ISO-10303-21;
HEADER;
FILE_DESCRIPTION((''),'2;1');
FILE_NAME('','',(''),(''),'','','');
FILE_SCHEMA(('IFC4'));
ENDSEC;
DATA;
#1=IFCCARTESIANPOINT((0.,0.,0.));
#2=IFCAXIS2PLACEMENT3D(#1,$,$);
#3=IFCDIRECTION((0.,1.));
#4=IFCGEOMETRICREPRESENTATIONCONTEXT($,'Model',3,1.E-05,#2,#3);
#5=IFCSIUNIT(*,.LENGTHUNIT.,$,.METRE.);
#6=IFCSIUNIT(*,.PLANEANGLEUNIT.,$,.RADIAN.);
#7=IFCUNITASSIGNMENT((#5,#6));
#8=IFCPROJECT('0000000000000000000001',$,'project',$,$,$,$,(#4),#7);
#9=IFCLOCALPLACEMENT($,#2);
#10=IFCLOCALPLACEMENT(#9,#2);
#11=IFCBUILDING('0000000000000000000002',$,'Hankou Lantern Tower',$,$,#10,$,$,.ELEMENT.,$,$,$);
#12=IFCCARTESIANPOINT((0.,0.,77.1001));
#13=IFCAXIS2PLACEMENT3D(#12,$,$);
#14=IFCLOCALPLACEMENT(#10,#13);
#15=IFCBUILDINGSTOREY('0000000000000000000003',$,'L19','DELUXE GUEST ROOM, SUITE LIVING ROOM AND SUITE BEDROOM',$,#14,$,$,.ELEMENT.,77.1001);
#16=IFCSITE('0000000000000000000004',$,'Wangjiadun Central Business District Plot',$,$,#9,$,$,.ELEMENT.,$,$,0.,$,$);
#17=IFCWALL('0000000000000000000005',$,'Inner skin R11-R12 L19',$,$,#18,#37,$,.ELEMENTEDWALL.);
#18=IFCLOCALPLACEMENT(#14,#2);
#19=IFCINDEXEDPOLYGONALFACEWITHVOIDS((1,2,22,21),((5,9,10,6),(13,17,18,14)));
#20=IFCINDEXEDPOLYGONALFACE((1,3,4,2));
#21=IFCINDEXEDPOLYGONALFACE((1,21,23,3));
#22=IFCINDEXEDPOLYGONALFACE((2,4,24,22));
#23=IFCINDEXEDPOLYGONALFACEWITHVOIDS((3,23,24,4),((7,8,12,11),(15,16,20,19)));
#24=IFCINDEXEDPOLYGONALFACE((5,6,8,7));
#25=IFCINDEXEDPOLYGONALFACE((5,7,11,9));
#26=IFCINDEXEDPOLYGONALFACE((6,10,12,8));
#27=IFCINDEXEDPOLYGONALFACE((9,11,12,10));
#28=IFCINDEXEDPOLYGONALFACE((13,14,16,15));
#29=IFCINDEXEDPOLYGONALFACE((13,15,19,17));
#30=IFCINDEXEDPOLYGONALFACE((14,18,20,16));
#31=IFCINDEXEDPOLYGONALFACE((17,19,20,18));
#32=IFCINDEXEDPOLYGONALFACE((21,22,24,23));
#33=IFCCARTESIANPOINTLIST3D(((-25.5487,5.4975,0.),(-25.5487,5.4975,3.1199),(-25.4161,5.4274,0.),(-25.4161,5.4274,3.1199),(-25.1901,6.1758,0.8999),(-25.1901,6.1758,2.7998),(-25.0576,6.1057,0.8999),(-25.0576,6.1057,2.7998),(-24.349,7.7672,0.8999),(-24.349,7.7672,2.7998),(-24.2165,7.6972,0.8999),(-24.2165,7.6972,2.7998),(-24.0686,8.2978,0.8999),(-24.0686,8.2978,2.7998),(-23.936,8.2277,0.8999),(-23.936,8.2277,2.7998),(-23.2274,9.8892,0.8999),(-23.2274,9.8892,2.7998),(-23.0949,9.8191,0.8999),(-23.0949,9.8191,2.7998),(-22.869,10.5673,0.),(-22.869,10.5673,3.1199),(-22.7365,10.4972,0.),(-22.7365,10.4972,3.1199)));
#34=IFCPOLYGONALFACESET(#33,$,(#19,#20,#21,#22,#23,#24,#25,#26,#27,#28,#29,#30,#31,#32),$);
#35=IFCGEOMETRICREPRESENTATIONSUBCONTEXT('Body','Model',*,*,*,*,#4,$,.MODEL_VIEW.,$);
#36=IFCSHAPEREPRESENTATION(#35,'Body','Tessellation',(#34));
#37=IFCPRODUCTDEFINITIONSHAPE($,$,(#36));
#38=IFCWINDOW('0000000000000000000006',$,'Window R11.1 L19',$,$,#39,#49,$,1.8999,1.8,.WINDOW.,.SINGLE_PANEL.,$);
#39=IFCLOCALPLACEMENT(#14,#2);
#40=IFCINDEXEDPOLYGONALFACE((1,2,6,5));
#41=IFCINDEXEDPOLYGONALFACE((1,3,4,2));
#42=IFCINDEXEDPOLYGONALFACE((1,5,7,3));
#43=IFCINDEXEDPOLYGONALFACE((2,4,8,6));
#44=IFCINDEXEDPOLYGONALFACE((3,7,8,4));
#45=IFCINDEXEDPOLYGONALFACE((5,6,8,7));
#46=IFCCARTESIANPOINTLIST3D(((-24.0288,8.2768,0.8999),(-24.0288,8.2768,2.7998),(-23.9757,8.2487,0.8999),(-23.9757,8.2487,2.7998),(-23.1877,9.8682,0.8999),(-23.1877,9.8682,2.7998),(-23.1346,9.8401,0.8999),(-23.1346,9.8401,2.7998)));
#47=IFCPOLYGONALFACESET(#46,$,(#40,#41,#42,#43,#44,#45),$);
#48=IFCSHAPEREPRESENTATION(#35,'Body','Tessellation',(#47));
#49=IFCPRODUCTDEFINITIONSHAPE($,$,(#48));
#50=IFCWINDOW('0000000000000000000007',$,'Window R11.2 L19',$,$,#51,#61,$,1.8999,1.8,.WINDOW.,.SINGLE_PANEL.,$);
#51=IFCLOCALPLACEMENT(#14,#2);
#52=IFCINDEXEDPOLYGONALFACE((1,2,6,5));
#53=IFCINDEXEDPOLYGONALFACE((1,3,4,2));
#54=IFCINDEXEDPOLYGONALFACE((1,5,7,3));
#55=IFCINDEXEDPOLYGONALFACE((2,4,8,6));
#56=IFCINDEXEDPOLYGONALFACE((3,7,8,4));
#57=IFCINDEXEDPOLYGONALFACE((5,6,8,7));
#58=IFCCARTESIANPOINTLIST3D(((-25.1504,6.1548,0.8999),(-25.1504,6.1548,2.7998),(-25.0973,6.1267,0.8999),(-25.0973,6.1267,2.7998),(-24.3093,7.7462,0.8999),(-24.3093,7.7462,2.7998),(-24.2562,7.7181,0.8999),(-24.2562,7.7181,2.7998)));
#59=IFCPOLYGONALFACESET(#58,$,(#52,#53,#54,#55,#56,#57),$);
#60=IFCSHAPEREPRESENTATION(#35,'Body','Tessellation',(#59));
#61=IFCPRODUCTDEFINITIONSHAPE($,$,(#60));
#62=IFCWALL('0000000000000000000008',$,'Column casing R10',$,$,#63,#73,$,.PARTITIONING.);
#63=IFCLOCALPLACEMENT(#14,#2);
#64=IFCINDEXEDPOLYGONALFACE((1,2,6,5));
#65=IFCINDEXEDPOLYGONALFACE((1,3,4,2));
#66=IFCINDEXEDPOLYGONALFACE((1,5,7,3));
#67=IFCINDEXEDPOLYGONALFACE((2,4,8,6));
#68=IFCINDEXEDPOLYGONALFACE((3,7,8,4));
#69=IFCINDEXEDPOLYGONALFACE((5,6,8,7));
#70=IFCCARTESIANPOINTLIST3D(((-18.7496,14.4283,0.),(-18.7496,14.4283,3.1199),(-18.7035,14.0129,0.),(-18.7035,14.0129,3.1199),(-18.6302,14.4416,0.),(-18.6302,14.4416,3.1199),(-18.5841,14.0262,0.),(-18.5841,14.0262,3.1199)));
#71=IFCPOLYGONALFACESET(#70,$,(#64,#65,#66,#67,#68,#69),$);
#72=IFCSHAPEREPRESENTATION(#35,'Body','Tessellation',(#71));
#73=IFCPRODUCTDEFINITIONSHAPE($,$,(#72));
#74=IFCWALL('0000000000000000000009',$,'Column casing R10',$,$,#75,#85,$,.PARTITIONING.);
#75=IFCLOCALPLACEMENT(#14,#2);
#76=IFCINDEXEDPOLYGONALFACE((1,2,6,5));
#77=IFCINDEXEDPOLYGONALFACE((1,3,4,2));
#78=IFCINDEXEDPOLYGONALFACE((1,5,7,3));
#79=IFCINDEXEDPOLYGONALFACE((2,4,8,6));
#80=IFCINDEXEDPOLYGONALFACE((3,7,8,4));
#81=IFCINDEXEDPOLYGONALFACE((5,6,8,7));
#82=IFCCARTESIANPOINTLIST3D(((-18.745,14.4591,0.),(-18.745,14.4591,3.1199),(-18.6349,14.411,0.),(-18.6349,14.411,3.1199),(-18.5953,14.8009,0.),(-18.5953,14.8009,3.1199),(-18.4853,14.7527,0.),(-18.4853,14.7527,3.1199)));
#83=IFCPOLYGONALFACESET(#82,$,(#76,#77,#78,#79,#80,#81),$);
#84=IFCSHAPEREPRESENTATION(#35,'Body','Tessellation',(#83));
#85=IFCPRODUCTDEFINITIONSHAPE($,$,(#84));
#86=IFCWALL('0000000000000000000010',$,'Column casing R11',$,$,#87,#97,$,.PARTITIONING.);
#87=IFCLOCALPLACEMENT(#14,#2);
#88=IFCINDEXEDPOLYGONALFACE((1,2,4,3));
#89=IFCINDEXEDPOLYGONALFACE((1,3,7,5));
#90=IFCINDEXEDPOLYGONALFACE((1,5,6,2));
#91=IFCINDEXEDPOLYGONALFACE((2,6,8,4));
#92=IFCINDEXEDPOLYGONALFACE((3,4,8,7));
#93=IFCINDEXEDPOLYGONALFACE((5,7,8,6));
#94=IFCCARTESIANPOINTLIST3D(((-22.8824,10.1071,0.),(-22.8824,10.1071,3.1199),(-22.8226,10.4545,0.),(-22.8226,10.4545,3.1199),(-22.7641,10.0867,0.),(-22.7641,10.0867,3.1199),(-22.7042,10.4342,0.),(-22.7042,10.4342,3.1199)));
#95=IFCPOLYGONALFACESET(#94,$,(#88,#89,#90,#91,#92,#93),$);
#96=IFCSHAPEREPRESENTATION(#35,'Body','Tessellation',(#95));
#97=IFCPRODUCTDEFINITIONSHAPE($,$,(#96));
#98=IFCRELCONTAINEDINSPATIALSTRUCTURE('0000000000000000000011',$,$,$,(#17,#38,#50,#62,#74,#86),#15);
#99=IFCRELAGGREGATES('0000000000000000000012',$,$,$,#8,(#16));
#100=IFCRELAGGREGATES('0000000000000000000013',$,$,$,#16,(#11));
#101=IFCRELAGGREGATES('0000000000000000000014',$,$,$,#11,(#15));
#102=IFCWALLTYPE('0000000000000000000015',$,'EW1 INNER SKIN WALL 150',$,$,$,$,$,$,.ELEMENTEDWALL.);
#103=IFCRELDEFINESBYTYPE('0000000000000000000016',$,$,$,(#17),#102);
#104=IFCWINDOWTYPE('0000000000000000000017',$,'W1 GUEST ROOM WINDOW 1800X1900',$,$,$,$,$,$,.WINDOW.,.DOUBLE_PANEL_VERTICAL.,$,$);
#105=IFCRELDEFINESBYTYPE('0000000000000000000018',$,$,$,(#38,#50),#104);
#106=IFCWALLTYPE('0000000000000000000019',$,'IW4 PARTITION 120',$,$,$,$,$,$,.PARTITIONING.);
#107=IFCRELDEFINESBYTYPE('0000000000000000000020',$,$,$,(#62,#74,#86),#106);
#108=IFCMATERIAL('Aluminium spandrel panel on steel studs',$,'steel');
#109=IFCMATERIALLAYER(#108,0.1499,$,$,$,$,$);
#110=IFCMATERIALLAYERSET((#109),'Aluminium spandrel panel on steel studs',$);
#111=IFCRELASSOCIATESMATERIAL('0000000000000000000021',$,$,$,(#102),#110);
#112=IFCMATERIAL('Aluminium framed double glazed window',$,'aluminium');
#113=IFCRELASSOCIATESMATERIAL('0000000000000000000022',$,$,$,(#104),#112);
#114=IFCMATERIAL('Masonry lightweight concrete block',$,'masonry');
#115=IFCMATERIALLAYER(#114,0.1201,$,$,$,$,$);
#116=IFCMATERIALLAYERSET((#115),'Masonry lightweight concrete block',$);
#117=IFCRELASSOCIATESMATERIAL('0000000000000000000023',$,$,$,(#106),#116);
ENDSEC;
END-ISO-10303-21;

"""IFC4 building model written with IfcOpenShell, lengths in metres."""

from ifc_helpers import new_model, si_unit, direction, frame, frame_2d, origin, place, context, subcontext, project, spatial, rectangle, extrude, material, layer, layer_set, type_object, element, fill, save


model = new_model("IFC4")

# Units and contexts
model_context = context("Model", 3, precision=1e-05, world=origin(), true_north=direction((0.0, 1.0)))
body_context = subcontext(model_context, "Body", "Model", "MODEL_VIEW")
ifc_project = project(units=[si_unit("LENGTHUNIT", "METRE"), si_unit("PLANEANGLEUNIT", "RADIAN")], contexts=[model_context])

# Site, building, storey
site_placement = place(None, origin())
site = spatial("IfcSite", under=ifc_project, at=site_placement, Name="Wangjiadun Central Business District Plot", CompositionType="ELEMENT", RefElevation=0.0)
building_placement = place(site_placement, origin())
building = spatial("IfcBuilding", under=site, at=building_placement, Name="Hankou Lantern Tower", CompositionType="ELEMENT")
storey_placement = place(building_placement, frame((0.0, 0.0, 77.1001)))
storey = spatial("IfcBuildingStorey", under=building, at=storey_placement, Name="L19", Description="DELUXE GUEST ROOM, SUITE LIVING ROOM AND SUITE BEDROOM", CompositionType="ELEMENT", Elevation=77.1001)

# Wall, openings, windows
ifc_material_1 = material(Name="Aluminium spandrel panel on steel studs", Category="steel")
ifc_layer_1 = layer(ifc_material_1, 0.1499)
ifc_layer_set_1 = layer_set([ifc_layer_1], Name="Aluminium spandrel panel on steel studs")
wall_type_1 = type_object("IfcWallType", Name="EW1 INNER SKIN WALL 150", PredefinedType="ELEMENTEDWALL", material=ifc_layer_set_1)
ifc_material_2 = material(Name="Aluminium framed double glazed window", Category="aluminium")
window_type = type_object("IfcWindowType", Name="W1 GUEST ROOM WINDOW 1800X1900", PartitioningType="DOUBLE_PANEL_VERTICAL", PredefinedType="WINDOW", material=ifc_material_2)
wall_1_placement = place(storey_placement, frame((-22.8027, 10.5322, 0.0), z_axis=(0.0, 0.0, 1.0), x_axis=(-0.467297, -0.8841, 0.0)))
wall_1 = element("IfcWall", 1, at=wall_1_placement, inside=storey, type_object=wall_type_1, Name="Inner skin R11-R12 L19", PredefinedType="ELEMENTEDWALL", context=body_context, shape_type="SweptSolid", body=[
    extrude(rectangle(XDim=5.7344, YDim=0.1499, at=frame_2d((2.8672, 0.0))), origin(), (0.0, 0.0, 1.0), 3.1199),
])
opening_1_placement = place(wall_1_placement, frame((0.7671, 0.0, 0.8999)))
opening_1 = element("IfcOpeningElement", 2, at=opening_1_placement, cuts=wall_1, PredefinedType="OPENING", context=body_context, shape_type="SweptSolid", body=[
    extrude(rectangle(XDim=1.8, YDim=1.8999, at=frame_2d((0.8999, 0.95))), frame((0.0, 0.085, 0.0), z_axis=(0.0, -1.0, 0.0), x_axis=(1.0, 0.0, 0.0)), (0.0, 0.0, 1.0), 0.1699),
])
opening_2_placement = place(wall_1_placement, frame((3.1672, 0.0, 0.8999)))
opening_2 = element("IfcOpeningElement", 3, at=opening_2_placement, cuts=wall_1, PredefinedType="OPENING", context=body_context, shape_type="SweptSolid", body=[
    extrude(rectangle(XDim=1.8, YDim=1.8999, at=frame_2d((0.8999, 0.95))), frame((0.0, 0.085, 0.0), z_axis=(0.0, -1.0, 0.0), x_axis=(1.0, 0.0, 0.0)), (0.0, 0.0, 1.0), 0.1699),
])
window_1_placement = place(opening_1_placement, origin())
window_1 = element("IfcWindow", 4, at=window_1_placement, inside=storey, type_object=window_type, Name="Window R11.1 L19", OverallHeight=1.8999, OverallWidth=1.8, PartitioningType="SINGLE_PANEL", PredefinedType="WINDOW", context=body_context, shape_type="SweptSolid", body=[
    extrude(rectangle(XDim=1.8, YDim=1.8999, at=frame_2d((0.8999, 0.95))), frame((0.0, 0.03, 0.0), z_axis=(0.0, -1.0, 0.0), x_axis=(1.0, 0.0, 0.0)), (0.0, 0.0, 1.0), 0.0601),
])
fill(opening_1, window_1)
window_2_placement = place(opening_2_placement, origin())
window_2 = element("IfcWindow", 5, at=window_2_placement, inside=storey, type_object=window_type, Name="Window R11.2 L19", OverallHeight=1.8999, OverallWidth=1.8, PartitioningType="SINGLE_PANEL", PredefinedType="WINDOW", context=body_context, shape_type="SweptSolid", body=[
    extrude(rectangle(XDim=1.8, YDim=1.8999, at=frame_2d((0.8999, 0.95))), frame((0.0, 0.03, 0.0), z_axis=(0.0, -1.0, 0.0), x_axis=(1.0, 0.0, 0.0)), (0.0, 0.0, 1.0), 0.0601),
])
fill(opening_2, window_2)

# Walls
ifc_material_3 = material(Name="Masonry lightweight concrete block", Category="masonry")
ifc_layer_2 = layer(ifc_material_3, 0.1201)
ifc_layer_set_2 = layer_set([ifc_layer_2], Name="Masonry lightweight concrete block")
wall_type_2 = type_object("IfcWallType", Name="IW4 PARTITION 120", PredefinedType="PARTITIONING", material=ifc_layer_set_2)
wall_2_placement = place(storey_placement, frame((-18.6438, 14.0195, 0.0), z_axis=(0.0, 0.0, 1.0), x_axis=(-0.110367, 0.993891, 0.0)))
element("IfcWall", 6, at=wall_2_placement, inside=storey, type_object=wall_type_2, Name="Column casing R10", PredefinedType="PARTITIONING", context=body_context, shape_type="SweptSolid", body=[
    extrude(rectangle(XDim=0.418, YDim=0.1201, at=frame_2d((0.209, 0.0))), origin(), (0.0, 0.0, 1.0), 3.1199),
])
wall_3_placement = place(storey_placement, frame((-18.6899, 14.4351, 0.0), z_axis=(0.0, 0.0, 1.0), x_axis=(0.401093, 0.916037, 0.0)))
element("IfcWall", 7, at=wall_3_placement, inside=storey, type_object=wall_type_2, Name="Column casing R10", PredefinedType="PARTITIONING", context=body_context, shape_type="SweptSolid", body=[
    extrude(rectangle(XDim=0.373, YDim=0.1201, at=frame_2d((0.1865, 0.0))), origin(), (0.0, 0.0, 1.0), 3.1199),
])
wall_4_placement = place(storey_placement, frame((-22.8232, 10.0969, 0.0), z_axis=(0.0, 0.0, 1.0), x_axis=(0.169675, 0.9855, 0.0)))
element("IfcWall", 8, at=wall_4_placement, inside=storey, type_object=wall_type_2, Name="Column casing R11", PredefinedType="PARTITIONING", context=body_context, shape_type="SweptSolid", body=[
    extrude(rectangle(XDim=0.3525, YDim=0.1201, at=frame_2d((0.1763, 0.0))), origin(), (0.0, 0.0, 1.0), 3.1199),
])

save(model, "model.ifc")
